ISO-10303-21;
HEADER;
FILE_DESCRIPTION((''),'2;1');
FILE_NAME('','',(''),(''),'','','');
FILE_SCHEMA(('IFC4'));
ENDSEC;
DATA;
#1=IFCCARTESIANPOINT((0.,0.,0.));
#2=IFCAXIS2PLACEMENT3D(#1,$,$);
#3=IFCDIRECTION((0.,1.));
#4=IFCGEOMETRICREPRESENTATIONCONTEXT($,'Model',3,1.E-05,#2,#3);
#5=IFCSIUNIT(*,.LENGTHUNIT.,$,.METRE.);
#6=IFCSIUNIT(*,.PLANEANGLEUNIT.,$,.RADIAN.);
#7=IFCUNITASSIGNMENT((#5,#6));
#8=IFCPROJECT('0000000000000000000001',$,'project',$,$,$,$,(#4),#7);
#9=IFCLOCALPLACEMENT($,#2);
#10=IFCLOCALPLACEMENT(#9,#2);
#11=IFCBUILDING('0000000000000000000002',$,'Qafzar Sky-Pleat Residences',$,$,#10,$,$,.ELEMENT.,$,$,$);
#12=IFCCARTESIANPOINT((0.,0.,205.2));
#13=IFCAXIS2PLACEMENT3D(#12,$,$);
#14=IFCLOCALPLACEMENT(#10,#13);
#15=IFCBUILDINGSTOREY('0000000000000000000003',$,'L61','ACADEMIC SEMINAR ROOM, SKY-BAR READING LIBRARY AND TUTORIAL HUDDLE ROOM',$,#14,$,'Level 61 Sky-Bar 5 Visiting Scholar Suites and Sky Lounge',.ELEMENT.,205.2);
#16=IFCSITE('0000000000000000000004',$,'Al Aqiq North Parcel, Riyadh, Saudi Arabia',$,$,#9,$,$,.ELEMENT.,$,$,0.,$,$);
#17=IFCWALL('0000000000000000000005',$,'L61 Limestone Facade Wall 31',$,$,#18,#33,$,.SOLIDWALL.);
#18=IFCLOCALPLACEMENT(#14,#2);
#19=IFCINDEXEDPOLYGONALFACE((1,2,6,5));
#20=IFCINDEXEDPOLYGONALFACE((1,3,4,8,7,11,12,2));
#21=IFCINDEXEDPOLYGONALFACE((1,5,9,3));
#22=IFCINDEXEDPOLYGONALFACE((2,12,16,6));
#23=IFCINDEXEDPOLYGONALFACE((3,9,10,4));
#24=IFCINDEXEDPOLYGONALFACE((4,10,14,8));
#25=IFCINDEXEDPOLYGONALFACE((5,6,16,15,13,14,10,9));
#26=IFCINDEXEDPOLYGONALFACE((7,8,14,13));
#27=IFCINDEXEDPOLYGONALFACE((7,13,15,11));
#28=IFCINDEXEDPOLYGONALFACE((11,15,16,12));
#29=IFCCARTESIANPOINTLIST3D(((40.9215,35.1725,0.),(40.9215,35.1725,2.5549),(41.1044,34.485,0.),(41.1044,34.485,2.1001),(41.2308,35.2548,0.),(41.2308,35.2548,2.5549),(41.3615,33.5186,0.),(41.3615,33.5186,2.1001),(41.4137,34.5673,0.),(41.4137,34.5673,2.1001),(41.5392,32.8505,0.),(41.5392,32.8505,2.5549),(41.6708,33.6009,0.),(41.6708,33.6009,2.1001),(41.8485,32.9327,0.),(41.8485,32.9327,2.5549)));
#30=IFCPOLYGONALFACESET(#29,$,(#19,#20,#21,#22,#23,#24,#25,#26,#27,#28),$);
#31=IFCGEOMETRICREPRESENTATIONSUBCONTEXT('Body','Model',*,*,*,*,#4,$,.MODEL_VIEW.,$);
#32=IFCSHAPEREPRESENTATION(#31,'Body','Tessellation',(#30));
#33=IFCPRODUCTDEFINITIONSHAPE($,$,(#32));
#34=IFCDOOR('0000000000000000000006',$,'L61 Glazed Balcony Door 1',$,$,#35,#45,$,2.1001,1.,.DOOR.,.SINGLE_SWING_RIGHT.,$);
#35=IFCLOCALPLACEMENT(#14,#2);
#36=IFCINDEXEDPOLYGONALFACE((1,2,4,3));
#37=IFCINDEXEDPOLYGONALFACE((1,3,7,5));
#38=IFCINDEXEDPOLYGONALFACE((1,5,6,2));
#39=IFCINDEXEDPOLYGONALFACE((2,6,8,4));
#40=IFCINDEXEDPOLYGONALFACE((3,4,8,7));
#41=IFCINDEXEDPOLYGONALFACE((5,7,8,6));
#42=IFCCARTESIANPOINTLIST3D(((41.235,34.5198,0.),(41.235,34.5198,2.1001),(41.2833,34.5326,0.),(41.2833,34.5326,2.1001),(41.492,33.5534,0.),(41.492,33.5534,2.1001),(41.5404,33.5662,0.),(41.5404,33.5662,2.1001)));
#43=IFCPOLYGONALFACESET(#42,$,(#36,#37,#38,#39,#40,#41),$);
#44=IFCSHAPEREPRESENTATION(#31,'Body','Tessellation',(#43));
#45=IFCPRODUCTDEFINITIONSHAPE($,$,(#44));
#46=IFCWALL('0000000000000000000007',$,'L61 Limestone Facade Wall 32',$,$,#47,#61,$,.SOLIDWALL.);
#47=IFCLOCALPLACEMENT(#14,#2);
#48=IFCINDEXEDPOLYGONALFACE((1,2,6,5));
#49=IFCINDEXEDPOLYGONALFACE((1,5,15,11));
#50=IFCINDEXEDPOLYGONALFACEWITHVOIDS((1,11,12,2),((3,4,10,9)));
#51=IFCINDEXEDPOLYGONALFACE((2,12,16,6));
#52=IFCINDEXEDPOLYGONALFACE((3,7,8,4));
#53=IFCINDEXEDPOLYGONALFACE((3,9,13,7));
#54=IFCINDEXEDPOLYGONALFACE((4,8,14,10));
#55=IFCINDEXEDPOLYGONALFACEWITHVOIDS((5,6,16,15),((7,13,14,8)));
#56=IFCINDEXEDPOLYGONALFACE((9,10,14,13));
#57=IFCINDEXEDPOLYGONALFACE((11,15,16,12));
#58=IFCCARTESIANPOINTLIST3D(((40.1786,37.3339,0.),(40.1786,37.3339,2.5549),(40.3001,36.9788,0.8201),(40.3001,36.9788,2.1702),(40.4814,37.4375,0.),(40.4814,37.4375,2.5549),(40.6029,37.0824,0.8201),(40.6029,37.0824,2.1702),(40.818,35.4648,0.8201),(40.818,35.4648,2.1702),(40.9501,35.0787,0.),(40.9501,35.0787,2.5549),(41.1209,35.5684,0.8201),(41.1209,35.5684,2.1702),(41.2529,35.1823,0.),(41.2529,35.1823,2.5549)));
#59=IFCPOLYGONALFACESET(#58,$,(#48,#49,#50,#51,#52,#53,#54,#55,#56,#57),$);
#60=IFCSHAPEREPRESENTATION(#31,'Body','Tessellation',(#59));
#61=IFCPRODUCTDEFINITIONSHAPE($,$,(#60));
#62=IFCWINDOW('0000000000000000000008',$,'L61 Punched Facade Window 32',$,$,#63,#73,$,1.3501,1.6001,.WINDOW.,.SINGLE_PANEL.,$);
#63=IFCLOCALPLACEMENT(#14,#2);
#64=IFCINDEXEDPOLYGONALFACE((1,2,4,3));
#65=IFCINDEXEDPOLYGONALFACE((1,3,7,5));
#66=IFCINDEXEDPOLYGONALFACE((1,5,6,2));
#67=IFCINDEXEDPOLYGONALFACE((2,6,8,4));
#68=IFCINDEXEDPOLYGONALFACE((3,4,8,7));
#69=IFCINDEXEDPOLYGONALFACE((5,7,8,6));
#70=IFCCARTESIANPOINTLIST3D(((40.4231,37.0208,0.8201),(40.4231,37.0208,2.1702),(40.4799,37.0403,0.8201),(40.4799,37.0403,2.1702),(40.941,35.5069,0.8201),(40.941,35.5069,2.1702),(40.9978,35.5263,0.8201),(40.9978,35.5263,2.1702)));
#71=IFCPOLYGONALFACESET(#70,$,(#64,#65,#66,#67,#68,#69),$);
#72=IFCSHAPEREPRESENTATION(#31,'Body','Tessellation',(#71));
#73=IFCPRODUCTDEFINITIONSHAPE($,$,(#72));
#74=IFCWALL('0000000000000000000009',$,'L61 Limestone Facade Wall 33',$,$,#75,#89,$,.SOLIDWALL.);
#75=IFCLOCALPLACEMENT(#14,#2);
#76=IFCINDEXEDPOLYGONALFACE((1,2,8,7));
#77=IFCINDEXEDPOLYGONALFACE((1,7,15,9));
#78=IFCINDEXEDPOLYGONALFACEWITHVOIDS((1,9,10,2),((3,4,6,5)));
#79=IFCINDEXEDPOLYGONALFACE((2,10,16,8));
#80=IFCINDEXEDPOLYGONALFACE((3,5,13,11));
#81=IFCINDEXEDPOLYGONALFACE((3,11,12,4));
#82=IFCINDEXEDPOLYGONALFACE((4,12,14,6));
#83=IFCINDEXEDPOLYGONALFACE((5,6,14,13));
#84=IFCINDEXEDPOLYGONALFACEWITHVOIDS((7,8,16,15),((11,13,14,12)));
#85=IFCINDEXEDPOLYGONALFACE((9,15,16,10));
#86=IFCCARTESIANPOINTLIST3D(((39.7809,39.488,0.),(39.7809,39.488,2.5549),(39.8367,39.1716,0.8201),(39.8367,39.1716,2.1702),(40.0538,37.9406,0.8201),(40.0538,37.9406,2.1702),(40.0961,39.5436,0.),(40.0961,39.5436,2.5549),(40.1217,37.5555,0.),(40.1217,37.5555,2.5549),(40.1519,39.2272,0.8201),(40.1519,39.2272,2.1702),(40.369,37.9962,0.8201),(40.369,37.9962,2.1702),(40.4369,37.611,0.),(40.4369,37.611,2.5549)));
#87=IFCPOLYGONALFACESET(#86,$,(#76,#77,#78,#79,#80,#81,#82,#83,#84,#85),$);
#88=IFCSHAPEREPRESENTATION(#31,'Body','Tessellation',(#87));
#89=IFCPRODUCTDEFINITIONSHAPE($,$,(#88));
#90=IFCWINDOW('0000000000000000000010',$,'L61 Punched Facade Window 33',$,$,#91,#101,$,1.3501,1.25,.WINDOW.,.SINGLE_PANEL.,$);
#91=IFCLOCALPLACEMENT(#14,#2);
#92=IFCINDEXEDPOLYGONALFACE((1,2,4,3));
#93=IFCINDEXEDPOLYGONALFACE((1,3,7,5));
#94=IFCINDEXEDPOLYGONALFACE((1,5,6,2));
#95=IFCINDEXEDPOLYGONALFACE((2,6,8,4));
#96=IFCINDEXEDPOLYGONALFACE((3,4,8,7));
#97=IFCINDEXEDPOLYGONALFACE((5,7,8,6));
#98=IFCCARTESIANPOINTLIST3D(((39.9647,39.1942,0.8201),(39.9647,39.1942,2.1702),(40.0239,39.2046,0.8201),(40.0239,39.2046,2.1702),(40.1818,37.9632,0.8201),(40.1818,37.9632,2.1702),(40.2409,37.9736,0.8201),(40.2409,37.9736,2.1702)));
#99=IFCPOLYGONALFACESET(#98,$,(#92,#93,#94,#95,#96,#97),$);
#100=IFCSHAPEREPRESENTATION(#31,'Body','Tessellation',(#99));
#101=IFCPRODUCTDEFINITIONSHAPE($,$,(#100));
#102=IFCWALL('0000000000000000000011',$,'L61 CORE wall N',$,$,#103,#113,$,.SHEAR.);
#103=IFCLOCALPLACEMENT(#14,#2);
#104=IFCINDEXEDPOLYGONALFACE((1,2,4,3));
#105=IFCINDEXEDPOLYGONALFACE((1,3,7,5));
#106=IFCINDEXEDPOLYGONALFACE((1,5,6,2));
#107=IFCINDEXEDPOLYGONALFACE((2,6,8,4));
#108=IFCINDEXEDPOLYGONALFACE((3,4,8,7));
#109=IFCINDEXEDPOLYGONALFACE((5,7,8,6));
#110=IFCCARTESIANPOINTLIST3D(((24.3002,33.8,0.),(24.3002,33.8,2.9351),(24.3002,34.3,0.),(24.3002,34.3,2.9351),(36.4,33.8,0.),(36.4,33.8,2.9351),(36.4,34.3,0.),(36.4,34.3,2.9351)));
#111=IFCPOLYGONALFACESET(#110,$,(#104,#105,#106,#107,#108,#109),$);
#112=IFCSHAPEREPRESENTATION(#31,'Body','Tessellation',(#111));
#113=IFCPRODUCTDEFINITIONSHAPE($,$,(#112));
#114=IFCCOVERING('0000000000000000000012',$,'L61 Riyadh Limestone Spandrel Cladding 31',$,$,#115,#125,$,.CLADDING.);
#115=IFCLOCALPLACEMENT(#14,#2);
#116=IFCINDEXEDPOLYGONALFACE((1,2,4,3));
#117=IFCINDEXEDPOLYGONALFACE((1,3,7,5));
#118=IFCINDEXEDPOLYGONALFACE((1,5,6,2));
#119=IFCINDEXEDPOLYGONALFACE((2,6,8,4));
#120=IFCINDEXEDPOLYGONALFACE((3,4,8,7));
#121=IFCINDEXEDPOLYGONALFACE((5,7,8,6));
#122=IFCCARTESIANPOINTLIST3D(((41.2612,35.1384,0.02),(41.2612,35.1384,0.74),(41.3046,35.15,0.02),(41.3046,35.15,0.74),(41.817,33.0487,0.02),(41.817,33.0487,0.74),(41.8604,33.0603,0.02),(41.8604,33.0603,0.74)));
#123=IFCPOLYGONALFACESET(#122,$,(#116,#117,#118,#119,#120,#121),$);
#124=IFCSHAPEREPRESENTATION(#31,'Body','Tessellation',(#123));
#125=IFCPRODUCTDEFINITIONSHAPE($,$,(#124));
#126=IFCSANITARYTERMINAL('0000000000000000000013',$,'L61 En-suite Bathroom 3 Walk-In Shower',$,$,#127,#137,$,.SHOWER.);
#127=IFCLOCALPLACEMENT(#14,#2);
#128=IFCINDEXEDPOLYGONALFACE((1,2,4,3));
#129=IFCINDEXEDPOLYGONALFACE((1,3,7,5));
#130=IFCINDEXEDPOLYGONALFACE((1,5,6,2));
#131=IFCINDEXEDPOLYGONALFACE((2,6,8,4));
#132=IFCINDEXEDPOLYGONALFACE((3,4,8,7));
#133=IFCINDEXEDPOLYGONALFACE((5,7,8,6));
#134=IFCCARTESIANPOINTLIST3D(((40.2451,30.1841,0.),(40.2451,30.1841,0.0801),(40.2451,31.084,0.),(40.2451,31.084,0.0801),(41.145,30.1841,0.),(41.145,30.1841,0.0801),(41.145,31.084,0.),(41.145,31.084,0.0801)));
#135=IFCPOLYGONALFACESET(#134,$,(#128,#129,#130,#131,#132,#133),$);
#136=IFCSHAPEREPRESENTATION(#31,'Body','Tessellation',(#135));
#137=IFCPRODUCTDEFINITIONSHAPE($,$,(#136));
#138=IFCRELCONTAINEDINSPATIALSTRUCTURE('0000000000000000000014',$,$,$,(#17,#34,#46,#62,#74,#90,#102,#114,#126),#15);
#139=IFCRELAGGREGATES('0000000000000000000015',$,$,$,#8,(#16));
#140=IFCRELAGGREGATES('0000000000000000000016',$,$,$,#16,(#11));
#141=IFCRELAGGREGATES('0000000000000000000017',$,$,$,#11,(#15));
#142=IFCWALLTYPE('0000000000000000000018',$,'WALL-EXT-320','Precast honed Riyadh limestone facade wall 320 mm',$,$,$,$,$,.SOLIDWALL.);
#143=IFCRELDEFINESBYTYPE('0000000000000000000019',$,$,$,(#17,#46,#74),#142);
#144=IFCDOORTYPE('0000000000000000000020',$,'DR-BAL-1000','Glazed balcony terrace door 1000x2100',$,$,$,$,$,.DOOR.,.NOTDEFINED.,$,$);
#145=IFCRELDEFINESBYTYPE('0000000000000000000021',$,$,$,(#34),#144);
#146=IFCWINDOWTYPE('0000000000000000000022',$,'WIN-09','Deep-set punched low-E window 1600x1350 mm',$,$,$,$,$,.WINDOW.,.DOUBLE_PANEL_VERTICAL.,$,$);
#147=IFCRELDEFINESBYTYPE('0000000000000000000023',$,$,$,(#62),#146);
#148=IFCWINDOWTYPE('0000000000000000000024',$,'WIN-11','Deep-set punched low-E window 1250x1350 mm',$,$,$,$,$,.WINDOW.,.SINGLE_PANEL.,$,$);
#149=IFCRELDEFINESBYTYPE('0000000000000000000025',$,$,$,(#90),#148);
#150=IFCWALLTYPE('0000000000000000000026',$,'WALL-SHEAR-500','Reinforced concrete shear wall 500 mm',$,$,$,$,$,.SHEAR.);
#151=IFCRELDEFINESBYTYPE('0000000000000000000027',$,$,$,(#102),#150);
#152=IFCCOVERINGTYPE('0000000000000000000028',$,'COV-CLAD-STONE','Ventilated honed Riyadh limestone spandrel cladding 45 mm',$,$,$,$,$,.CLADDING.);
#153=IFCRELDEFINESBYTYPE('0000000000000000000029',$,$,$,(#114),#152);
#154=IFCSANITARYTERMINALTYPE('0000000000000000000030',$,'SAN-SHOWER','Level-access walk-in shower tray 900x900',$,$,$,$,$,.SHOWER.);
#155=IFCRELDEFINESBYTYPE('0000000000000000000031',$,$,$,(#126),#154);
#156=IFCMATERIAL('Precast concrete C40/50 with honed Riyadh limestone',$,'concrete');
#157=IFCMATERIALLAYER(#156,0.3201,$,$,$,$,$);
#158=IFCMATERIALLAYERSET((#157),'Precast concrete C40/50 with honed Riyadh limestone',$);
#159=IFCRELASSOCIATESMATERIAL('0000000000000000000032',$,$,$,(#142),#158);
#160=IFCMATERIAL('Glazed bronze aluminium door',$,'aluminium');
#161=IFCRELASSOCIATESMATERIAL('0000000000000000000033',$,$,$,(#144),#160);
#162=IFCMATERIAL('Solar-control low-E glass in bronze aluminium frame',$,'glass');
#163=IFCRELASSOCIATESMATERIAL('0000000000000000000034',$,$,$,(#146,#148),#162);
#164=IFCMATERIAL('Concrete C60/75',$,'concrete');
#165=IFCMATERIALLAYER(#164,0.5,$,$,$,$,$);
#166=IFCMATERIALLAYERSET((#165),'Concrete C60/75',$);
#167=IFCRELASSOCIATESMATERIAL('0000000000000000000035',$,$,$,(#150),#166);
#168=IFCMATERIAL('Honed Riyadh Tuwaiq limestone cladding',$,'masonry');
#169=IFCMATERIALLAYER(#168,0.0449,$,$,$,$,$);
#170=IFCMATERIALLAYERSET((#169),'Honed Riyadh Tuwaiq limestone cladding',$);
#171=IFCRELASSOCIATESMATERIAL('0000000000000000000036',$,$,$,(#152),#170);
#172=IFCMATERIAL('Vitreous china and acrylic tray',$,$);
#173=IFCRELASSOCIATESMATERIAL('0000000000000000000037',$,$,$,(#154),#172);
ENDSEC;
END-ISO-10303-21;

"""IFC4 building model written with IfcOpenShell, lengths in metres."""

from ifc_helpers import new_model, si_unit, direction, frame, frame_2d, origin, origin_2d, place, context, subcontext, project, spatial, rectangle, extrude, source, transform, mapped, material, layer, layer_set, type_object, element, fill, save


model = new_model("IFC4")

# Units and contexts
model_context = context("Model", 3, precision=1e-05, world=origin(), true_north=direction((0.0, 1.0)))
body_context = subcontext(model_context, "Body", "Model", "MODEL_VIEW")
ifc_project = project(units=[si_unit("LENGTHUNIT", "METRE"), si_unit("PLANEANGLEUNIT", "RADIAN")], contexts=[model_context])

# Site, building, storey
site_placement = place(None, origin())
site = spatial("IfcSite", under=ifc_project, at=site_placement, Name="Al Aqiq North Parcel, Riyadh, Saudi Arabia", CompositionType="ELEMENT", RefElevation=0.0)
building_placement = place(site_placement, origin())
building = spatial("IfcBuilding", under=site, at=building_placement, Name="Qafzar Sky-Pleat Residences", CompositionType="ELEMENT")
storey_placement = place(building_placement, frame((0.0, 0.0, 205.2)))
storey = spatial("IfcBuildingStorey", under=building, at=storey_placement, Name="L61", Description="ACADEMIC SEMINAR ROOM, SKY-BAR READING LIBRARY AND TUTORIAL HUDDLE ROOM", LongName="Level 61 Sky-Bar 5 Visiting Scholar Suites and Sky Lounge", CompositionType="ELEMENT", Elevation=205.2)

# Shared definitions
ifc_material_1 = material(Name="Precast concrete C40/50 with honed Riyadh limestone", Category="concrete")
ifc_layer_1 = layer(ifc_material_1, 0.3201)
ifc_layer_set_1 = layer_set([ifc_layer_1], Name="Precast concrete C40/50 with honed Riyadh limestone")
wall_type_1 = type_object("IfcWallType", Name="WALL-EXT-320", Description="Precast honed Riyadh limestone facade wall 320 mm", PredefinedType="SOLIDWALL", material=ifc_layer_set_1)
ifc_material_2 = material(Name="Solar-control low-E glass in bronze aluminium frame", Category="glass")

# Wall, opening, door
wall_1_placement = place(storey_placement, frame((41.6938, 32.8916, 0.0), z_axis=(0.0, 0.0, 1.0), x_axis=(-0.257068, 0.966393, 0.0)))
wall_1 = element("IfcWall", 1, at=wall_1_placement, inside=storey, type_object=wall_type_1, Name="L61 Limestone Facade Wall 31", PredefinedType="SOLIDWALL", context=body_context, shape_type="SweptSolid", body=[
    extrude(rectangle(XDim=2.4028, YDim=0.3201, at=frame_2d((1.2014, 0.0))), origin(), (0.0, 0.0, 1.0), 2.5549),
])
opening_1_placement = place(wall_1_placement, frame((0.6914, 0.0, 0.0)))
opening_1 = element("IfcOpeningElement", 2, at=opening_1_placement, cuts=wall_1, PredefinedType="OPENING", context=body_context, shape_type="SweptSolid", body=[
    extrude(rectangle(XDim=1.0, YDim=2.1001, at=frame_2d((0.5, 1.05))), frame((0.0, 0.1699, 0.0), z_axis=(0.0, -1.0, 0.0), x_axis=(1.0, 0.0, 0.0)), (0.0, 0.0, 1.0), 0.3401),
])
ifc_material_3 = material(Name="Glazed bronze aluminium door", Category="aluminium")
door_type_1 = type_object("IfcDoorType", Name="DR-BAL-1000", Description="Glazed balcony terrace door 1000x2100", OperationType="NOTDEFINED", PredefinedType="DOOR", material=ifc_material_3)
shared_shape_1 = source(origin(), body_context, "Body", "SweptSolid", [
    extrude(rectangle(XDim=1.0, YDim=2.1001, at=frame_2d((0.5, 1.05))), frame((0.0, 0.0249, 0.0), z_axis=(0.0, -1.0, 0.0), x_axis=(1.0, 0.0, 0.0)), (0.0, 0.0, 1.0), 0.05),
])
door_1_placement = place(opening_1_placement, origin())
door_1 = element("IfcDoor", 3, at=door_1_placement, inside=storey, type_object=door_type_1, Name="L61 Glazed Balcony Door 1", OperationType="SINGLE_SWING_RIGHT", OverallHeight=2.1001, OverallWidth=1.0, PredefinedType="DOOR", context=body_context, shape_type="MappedRepresentation", body=[
    mapped(shared_shape_1, transform((0.0, 0.0, 0.0), x_axis=(1.0, 0.0, 0.0), y_axis=(0.0, 1.0, 0.0), z_axis=(0.0, 0.0, 1.0), scale=1.0)),
])
fill(opening_1, door_1)

# Walls, openings, windows
wall_2_placement = place(storey_placement, frame((41.1016, 35.1304, 0.0), z_axis=(0.0, 0.0, 1.0), x_axis=(-0.323685, 0.946165, 0.0)))
wall_2 = element("IfcWall", 4, at=wall_2_placement, inside=storey, type_object=wall_type_1, Name="L61 Limestone Facade Wall 32", PredefinedType="SOLIDWALL", context=body_context, shape_type="SweptSolid", body=[
    extrude(rectangle(XDim=2.3835, YDim=0.3201, at=frame_2d((1.1919, 0.0))), origin(), (0.0, 0.0, 1.0), 2.5549),
])
opening_2_placement = place(wall_2_placement, frame((0.4082, 0.0, 0.8201)))
opening_2 = element("IfcOpeningElement", 5, at=opening_2_placement, cuts=wall_2, PredefinedType="OPENING", context=body_context, shape_type="SweptSolid", body=[
    extrude(rectangle(XDim=1.6001, YDim=1.3501, at=frame_2d((0.8, 0.675))), frame((0.0, 0.1699, 0.0), z_axis=(0.0, -1.0, 0.0), x_axis=(1.0, 0.0, 0.0)), (0.0, 0.0, 1.0), 0.3401),
])
window_type_1 = type_object("IfcWindowType", Name="WIN-09", Description="Deep-set punched low-E window 1600x1350 mm", PartitioningType="DOUBLE_PANEL_VERTICAL", PredefinedType="WINDOW", material=ifc_material_2)
shared_shape_2 = source(origin(), body_context, "Body", "SweptSolid", [
    extrude(rectangle(XDim=1.6001, YDim=1.3501, at=frame_2d((0.8, 0.675))), frame((0.0, 0.03, 0.0), z_axis=(0.0, -1.0, 0.0), x_axis=(1.0, 0.0, 0.0)), (0.0, 0.0, 1.0), 0.0601),
])
window_1_placement = place(opening_2_placement, origin())
window_1 = element("IfcWindow", 6, at=window_1_placement, inside=storey, type_object=window_type_1, Name="L61 Punched Facade Window 32", OverallHeight=1.3501, OverallWidth=1.6001, PartitioningType="SINGLE_PANEL", PredefinedType="WINDOW", context=body_context, shape_type="MappedRepresentation", body=[
    mapped(shared_shape_2, transform((0.0, 0.0, 0.0), x_axis=(1.0, 0.0, 0.0), y_axis=(0.0, 1.0, 0.0), z_axis=(0.0, 0.0, 1.0), scale=1.0)),
])
fill(opening_2, window_1)
wall_3_placement = place(storey_placement, frame((40.2793, 37.5833, 0.0), z_axis=(0.0, 0.0, 1.0), x_axis=(-0.173672, 0.984804, 0.0)))
wall_3 = element("IfcWall", 7, at=wall_3_placement, inside=storey, type_object=wall_type_1, Name="L61 Limestone Facade Wall 33", PredefinedType="SOLIDWALL", context=body_context, shape_type="SweptSolid", body=[
    extrude(rectangle(XDim=1.9624, YDim=0.3201, at=frame_2d((0.9812, 0.0))), origin(), (0.0, 0.0, 1.0), 2.5549),
])
opening_3_placement = place(wall_3_placement, frame((0.3911, 0.0, 0.8201)))
opening_3 = element("IfcOpeningElement", 8, at=opening_3_placement, cuts=wall_3, PredefinedType="OPENING", context=body_context, shape_type="SweptSolid", body=[
    extrude(rectangle(XDim=1.25, YDim=1.3501, at=frame_2d((0.625, 0.675))), frame((0.0, 0.1699, 0.0), z_axis=(0.0, -1.0, 0.0), x_axis=(1.0, 0.0, 0.0)), (0.0, 0.0, 1.0), 0.3401),
])
window_type_2 = type_object("IfcWindowType", Name="WIN-11", Description="Deep-set punched low-E window 1250x1350 mm", PartitioningType="SINGLE_PANEL", PredefinedType="WINDOW", material=ifc_material_2)
shared_shape_3 = source(origin(), body_context, "Body", "SweptSolid", [
    extrude(rectangle(XDim=1.25, YDim=1.3501, at=frame_2d((0.625, 0.675))), frame((0.0, 0.03, 0.0), z_axis=(0.0, -1.0, 0.0), x_axis=(1.0, 0.0, 0.0)), (0.0, 0.0, 1.0), 0.0601),
])
window_2_placement = place(opening_3_placement, origin())
window_2 = element("IfcWindow", 9, at=window_2_placement, inside=storey, type_object=window_type_2, Name="L61 Punched Facade Window 33", OverallHeight=1.3501, OverallWidth=1.25, PartitioningType="SINGLE_PANEL", PredefinedType="WINDOW", context=body_context, shape_type="MappedRepresentation", body=[
    mapped(shared_shape_3, transform((0.0, 0.0, 0.0), x_axis=(1.0, 0.0, 0.0), y_axis=(0.0, 1.0, 0.0), z_axis=(0.0, 0.0, 1.0), scale=1.0)),
])
fill(opening_3, window_2)

# Wall
ifc_material_4 = material(Name="Concrete C60/75", Category="concrete")
ifc_layer_2 = layer(ifc_material_4, 0.5)
ifc_layer_set_2 = layer_set([ifc_layer_2], Name="Concrete C60/75")
wall_type_2 = type_object("IfcWallType", Name="WALL-SHEAR-500", Description="Reinforced concrete shear wall 500 mm", PredefinedType="SHEAR", material=ifc_layer_set_2)
wall_4_placement = place(storey_placement, frame((36.3999, 34.05, 0.0), z_axis=(0.0, 0.0, 1.0), x_axis=(-1.0, 0.0, 0.0)))
element("IfcWall", 10, at=wall_4_placement, inside=storey, type_object=wall_type_2, Name="L61 CORE wall N", PredefinedType="SHEAR", context=body_context, shape_type="SweptSolid", body=[
    extrude(rectangle(XDim=12.0999, YDim=0.5, at=frame_2d((6.0498, 0.0))), origin(), (0.0, 0.0, 1.0), 2.9351),
])

# Covering
ifc_material_5 = material(Name="Honed Riyadh Tuwaiq limestone cladding", Category="masonry")
ifc_layer_3 = layer(ifc_material_5, 0.0449)
ifc_layer_set_3 = layer_set([ifc_layer_3], Name="Honed Riyadh Tuwaiq limestone cladding")
covering_type = type_object("IfcCoveringType", Name="COV-CLAD-STONE", Description="Ventilated honed Riyadh limestone spandrel cladding 45 mm", PredefinedType="CLADDING", material=ifc_layer_set_3)
shared_shape_4 = source(origin(), body_context, "Body", "SweptSolid", [
    extrude(rectangle(XDim=2.1624, YDim=0.0449, at=origin_2d()), origin(), (0.0, 0.0, 1.0), 0.72),
])
covering_placement = place(storey_placement, frame((41.5608, 34.0994, 0.02), z_axis=(0.0, 0.0, 1.0), x_axis=(-0.257051, 0.966398, 0.0)))
element("IfcCovering", 11, at=covering_placement, inside=storey, type_object=covering_type, Name="L61 Riyadh Limestone Spandrel Cladding 31", PredefinedType="CLADDING", context=body_context, shape_type="MappedRepresentation", body=[
    mapped(shared_shape_4, transform((0.0, 0.0, 0.0), x_axis=(1.0, 0.0, 0.0), y_axis=(0.0, 1.0, 0.0), z_axis=(0.0, 0.0, 1.0), scale=1.0)),
])

# Sanitary terminal
ifc_material_6 = material(Name="Vitreous china and acrylic tray")
sanitary_terminal_type = type_object("IfcSanitaryTerminalType", Name="SAN-SHOWER", Description="Level-access walk-in shower tray 900x900", PredefinedType="SHOWER", material=ifc_material_6)
shared_shape_5 = source(origin(), body_context, "Body", "SweptSolid", [
    extrude(rectangle(XDim=0.8999, YDim=0.8999, at=origin_2d()), origin(), (0.0, 0.0, 1.0), 0.0801),
])
sanitary_terminal_placement = place(storey_placement, frame((40.6951, 30.634, 0.0), z_axis=(0.0, 0.0, 1.0), x_axis=(1.0, 0.0, 0.0)))
element("IfcSanitaryTerminal", 12, at=sanitary_terminal_placement, inside=storey, type_object=sanitary_terminal_type, Name="L61 En-suite Bathroom 3 Walk-In Shower", PredefinedType="SHOWER", context=body_context, shape_type="MappedRepresentation", body=[
    mapped(shared_shape_5, transform((0.0, 0.0, 0.0), x_axis=(1.0, 0.0, 0.0), y_axis=(0.0, 1.0, 0.0), z_axis=(0.0, 0.0, 1.0), scale=1.0)),
])

save(model, "model.ifc")
